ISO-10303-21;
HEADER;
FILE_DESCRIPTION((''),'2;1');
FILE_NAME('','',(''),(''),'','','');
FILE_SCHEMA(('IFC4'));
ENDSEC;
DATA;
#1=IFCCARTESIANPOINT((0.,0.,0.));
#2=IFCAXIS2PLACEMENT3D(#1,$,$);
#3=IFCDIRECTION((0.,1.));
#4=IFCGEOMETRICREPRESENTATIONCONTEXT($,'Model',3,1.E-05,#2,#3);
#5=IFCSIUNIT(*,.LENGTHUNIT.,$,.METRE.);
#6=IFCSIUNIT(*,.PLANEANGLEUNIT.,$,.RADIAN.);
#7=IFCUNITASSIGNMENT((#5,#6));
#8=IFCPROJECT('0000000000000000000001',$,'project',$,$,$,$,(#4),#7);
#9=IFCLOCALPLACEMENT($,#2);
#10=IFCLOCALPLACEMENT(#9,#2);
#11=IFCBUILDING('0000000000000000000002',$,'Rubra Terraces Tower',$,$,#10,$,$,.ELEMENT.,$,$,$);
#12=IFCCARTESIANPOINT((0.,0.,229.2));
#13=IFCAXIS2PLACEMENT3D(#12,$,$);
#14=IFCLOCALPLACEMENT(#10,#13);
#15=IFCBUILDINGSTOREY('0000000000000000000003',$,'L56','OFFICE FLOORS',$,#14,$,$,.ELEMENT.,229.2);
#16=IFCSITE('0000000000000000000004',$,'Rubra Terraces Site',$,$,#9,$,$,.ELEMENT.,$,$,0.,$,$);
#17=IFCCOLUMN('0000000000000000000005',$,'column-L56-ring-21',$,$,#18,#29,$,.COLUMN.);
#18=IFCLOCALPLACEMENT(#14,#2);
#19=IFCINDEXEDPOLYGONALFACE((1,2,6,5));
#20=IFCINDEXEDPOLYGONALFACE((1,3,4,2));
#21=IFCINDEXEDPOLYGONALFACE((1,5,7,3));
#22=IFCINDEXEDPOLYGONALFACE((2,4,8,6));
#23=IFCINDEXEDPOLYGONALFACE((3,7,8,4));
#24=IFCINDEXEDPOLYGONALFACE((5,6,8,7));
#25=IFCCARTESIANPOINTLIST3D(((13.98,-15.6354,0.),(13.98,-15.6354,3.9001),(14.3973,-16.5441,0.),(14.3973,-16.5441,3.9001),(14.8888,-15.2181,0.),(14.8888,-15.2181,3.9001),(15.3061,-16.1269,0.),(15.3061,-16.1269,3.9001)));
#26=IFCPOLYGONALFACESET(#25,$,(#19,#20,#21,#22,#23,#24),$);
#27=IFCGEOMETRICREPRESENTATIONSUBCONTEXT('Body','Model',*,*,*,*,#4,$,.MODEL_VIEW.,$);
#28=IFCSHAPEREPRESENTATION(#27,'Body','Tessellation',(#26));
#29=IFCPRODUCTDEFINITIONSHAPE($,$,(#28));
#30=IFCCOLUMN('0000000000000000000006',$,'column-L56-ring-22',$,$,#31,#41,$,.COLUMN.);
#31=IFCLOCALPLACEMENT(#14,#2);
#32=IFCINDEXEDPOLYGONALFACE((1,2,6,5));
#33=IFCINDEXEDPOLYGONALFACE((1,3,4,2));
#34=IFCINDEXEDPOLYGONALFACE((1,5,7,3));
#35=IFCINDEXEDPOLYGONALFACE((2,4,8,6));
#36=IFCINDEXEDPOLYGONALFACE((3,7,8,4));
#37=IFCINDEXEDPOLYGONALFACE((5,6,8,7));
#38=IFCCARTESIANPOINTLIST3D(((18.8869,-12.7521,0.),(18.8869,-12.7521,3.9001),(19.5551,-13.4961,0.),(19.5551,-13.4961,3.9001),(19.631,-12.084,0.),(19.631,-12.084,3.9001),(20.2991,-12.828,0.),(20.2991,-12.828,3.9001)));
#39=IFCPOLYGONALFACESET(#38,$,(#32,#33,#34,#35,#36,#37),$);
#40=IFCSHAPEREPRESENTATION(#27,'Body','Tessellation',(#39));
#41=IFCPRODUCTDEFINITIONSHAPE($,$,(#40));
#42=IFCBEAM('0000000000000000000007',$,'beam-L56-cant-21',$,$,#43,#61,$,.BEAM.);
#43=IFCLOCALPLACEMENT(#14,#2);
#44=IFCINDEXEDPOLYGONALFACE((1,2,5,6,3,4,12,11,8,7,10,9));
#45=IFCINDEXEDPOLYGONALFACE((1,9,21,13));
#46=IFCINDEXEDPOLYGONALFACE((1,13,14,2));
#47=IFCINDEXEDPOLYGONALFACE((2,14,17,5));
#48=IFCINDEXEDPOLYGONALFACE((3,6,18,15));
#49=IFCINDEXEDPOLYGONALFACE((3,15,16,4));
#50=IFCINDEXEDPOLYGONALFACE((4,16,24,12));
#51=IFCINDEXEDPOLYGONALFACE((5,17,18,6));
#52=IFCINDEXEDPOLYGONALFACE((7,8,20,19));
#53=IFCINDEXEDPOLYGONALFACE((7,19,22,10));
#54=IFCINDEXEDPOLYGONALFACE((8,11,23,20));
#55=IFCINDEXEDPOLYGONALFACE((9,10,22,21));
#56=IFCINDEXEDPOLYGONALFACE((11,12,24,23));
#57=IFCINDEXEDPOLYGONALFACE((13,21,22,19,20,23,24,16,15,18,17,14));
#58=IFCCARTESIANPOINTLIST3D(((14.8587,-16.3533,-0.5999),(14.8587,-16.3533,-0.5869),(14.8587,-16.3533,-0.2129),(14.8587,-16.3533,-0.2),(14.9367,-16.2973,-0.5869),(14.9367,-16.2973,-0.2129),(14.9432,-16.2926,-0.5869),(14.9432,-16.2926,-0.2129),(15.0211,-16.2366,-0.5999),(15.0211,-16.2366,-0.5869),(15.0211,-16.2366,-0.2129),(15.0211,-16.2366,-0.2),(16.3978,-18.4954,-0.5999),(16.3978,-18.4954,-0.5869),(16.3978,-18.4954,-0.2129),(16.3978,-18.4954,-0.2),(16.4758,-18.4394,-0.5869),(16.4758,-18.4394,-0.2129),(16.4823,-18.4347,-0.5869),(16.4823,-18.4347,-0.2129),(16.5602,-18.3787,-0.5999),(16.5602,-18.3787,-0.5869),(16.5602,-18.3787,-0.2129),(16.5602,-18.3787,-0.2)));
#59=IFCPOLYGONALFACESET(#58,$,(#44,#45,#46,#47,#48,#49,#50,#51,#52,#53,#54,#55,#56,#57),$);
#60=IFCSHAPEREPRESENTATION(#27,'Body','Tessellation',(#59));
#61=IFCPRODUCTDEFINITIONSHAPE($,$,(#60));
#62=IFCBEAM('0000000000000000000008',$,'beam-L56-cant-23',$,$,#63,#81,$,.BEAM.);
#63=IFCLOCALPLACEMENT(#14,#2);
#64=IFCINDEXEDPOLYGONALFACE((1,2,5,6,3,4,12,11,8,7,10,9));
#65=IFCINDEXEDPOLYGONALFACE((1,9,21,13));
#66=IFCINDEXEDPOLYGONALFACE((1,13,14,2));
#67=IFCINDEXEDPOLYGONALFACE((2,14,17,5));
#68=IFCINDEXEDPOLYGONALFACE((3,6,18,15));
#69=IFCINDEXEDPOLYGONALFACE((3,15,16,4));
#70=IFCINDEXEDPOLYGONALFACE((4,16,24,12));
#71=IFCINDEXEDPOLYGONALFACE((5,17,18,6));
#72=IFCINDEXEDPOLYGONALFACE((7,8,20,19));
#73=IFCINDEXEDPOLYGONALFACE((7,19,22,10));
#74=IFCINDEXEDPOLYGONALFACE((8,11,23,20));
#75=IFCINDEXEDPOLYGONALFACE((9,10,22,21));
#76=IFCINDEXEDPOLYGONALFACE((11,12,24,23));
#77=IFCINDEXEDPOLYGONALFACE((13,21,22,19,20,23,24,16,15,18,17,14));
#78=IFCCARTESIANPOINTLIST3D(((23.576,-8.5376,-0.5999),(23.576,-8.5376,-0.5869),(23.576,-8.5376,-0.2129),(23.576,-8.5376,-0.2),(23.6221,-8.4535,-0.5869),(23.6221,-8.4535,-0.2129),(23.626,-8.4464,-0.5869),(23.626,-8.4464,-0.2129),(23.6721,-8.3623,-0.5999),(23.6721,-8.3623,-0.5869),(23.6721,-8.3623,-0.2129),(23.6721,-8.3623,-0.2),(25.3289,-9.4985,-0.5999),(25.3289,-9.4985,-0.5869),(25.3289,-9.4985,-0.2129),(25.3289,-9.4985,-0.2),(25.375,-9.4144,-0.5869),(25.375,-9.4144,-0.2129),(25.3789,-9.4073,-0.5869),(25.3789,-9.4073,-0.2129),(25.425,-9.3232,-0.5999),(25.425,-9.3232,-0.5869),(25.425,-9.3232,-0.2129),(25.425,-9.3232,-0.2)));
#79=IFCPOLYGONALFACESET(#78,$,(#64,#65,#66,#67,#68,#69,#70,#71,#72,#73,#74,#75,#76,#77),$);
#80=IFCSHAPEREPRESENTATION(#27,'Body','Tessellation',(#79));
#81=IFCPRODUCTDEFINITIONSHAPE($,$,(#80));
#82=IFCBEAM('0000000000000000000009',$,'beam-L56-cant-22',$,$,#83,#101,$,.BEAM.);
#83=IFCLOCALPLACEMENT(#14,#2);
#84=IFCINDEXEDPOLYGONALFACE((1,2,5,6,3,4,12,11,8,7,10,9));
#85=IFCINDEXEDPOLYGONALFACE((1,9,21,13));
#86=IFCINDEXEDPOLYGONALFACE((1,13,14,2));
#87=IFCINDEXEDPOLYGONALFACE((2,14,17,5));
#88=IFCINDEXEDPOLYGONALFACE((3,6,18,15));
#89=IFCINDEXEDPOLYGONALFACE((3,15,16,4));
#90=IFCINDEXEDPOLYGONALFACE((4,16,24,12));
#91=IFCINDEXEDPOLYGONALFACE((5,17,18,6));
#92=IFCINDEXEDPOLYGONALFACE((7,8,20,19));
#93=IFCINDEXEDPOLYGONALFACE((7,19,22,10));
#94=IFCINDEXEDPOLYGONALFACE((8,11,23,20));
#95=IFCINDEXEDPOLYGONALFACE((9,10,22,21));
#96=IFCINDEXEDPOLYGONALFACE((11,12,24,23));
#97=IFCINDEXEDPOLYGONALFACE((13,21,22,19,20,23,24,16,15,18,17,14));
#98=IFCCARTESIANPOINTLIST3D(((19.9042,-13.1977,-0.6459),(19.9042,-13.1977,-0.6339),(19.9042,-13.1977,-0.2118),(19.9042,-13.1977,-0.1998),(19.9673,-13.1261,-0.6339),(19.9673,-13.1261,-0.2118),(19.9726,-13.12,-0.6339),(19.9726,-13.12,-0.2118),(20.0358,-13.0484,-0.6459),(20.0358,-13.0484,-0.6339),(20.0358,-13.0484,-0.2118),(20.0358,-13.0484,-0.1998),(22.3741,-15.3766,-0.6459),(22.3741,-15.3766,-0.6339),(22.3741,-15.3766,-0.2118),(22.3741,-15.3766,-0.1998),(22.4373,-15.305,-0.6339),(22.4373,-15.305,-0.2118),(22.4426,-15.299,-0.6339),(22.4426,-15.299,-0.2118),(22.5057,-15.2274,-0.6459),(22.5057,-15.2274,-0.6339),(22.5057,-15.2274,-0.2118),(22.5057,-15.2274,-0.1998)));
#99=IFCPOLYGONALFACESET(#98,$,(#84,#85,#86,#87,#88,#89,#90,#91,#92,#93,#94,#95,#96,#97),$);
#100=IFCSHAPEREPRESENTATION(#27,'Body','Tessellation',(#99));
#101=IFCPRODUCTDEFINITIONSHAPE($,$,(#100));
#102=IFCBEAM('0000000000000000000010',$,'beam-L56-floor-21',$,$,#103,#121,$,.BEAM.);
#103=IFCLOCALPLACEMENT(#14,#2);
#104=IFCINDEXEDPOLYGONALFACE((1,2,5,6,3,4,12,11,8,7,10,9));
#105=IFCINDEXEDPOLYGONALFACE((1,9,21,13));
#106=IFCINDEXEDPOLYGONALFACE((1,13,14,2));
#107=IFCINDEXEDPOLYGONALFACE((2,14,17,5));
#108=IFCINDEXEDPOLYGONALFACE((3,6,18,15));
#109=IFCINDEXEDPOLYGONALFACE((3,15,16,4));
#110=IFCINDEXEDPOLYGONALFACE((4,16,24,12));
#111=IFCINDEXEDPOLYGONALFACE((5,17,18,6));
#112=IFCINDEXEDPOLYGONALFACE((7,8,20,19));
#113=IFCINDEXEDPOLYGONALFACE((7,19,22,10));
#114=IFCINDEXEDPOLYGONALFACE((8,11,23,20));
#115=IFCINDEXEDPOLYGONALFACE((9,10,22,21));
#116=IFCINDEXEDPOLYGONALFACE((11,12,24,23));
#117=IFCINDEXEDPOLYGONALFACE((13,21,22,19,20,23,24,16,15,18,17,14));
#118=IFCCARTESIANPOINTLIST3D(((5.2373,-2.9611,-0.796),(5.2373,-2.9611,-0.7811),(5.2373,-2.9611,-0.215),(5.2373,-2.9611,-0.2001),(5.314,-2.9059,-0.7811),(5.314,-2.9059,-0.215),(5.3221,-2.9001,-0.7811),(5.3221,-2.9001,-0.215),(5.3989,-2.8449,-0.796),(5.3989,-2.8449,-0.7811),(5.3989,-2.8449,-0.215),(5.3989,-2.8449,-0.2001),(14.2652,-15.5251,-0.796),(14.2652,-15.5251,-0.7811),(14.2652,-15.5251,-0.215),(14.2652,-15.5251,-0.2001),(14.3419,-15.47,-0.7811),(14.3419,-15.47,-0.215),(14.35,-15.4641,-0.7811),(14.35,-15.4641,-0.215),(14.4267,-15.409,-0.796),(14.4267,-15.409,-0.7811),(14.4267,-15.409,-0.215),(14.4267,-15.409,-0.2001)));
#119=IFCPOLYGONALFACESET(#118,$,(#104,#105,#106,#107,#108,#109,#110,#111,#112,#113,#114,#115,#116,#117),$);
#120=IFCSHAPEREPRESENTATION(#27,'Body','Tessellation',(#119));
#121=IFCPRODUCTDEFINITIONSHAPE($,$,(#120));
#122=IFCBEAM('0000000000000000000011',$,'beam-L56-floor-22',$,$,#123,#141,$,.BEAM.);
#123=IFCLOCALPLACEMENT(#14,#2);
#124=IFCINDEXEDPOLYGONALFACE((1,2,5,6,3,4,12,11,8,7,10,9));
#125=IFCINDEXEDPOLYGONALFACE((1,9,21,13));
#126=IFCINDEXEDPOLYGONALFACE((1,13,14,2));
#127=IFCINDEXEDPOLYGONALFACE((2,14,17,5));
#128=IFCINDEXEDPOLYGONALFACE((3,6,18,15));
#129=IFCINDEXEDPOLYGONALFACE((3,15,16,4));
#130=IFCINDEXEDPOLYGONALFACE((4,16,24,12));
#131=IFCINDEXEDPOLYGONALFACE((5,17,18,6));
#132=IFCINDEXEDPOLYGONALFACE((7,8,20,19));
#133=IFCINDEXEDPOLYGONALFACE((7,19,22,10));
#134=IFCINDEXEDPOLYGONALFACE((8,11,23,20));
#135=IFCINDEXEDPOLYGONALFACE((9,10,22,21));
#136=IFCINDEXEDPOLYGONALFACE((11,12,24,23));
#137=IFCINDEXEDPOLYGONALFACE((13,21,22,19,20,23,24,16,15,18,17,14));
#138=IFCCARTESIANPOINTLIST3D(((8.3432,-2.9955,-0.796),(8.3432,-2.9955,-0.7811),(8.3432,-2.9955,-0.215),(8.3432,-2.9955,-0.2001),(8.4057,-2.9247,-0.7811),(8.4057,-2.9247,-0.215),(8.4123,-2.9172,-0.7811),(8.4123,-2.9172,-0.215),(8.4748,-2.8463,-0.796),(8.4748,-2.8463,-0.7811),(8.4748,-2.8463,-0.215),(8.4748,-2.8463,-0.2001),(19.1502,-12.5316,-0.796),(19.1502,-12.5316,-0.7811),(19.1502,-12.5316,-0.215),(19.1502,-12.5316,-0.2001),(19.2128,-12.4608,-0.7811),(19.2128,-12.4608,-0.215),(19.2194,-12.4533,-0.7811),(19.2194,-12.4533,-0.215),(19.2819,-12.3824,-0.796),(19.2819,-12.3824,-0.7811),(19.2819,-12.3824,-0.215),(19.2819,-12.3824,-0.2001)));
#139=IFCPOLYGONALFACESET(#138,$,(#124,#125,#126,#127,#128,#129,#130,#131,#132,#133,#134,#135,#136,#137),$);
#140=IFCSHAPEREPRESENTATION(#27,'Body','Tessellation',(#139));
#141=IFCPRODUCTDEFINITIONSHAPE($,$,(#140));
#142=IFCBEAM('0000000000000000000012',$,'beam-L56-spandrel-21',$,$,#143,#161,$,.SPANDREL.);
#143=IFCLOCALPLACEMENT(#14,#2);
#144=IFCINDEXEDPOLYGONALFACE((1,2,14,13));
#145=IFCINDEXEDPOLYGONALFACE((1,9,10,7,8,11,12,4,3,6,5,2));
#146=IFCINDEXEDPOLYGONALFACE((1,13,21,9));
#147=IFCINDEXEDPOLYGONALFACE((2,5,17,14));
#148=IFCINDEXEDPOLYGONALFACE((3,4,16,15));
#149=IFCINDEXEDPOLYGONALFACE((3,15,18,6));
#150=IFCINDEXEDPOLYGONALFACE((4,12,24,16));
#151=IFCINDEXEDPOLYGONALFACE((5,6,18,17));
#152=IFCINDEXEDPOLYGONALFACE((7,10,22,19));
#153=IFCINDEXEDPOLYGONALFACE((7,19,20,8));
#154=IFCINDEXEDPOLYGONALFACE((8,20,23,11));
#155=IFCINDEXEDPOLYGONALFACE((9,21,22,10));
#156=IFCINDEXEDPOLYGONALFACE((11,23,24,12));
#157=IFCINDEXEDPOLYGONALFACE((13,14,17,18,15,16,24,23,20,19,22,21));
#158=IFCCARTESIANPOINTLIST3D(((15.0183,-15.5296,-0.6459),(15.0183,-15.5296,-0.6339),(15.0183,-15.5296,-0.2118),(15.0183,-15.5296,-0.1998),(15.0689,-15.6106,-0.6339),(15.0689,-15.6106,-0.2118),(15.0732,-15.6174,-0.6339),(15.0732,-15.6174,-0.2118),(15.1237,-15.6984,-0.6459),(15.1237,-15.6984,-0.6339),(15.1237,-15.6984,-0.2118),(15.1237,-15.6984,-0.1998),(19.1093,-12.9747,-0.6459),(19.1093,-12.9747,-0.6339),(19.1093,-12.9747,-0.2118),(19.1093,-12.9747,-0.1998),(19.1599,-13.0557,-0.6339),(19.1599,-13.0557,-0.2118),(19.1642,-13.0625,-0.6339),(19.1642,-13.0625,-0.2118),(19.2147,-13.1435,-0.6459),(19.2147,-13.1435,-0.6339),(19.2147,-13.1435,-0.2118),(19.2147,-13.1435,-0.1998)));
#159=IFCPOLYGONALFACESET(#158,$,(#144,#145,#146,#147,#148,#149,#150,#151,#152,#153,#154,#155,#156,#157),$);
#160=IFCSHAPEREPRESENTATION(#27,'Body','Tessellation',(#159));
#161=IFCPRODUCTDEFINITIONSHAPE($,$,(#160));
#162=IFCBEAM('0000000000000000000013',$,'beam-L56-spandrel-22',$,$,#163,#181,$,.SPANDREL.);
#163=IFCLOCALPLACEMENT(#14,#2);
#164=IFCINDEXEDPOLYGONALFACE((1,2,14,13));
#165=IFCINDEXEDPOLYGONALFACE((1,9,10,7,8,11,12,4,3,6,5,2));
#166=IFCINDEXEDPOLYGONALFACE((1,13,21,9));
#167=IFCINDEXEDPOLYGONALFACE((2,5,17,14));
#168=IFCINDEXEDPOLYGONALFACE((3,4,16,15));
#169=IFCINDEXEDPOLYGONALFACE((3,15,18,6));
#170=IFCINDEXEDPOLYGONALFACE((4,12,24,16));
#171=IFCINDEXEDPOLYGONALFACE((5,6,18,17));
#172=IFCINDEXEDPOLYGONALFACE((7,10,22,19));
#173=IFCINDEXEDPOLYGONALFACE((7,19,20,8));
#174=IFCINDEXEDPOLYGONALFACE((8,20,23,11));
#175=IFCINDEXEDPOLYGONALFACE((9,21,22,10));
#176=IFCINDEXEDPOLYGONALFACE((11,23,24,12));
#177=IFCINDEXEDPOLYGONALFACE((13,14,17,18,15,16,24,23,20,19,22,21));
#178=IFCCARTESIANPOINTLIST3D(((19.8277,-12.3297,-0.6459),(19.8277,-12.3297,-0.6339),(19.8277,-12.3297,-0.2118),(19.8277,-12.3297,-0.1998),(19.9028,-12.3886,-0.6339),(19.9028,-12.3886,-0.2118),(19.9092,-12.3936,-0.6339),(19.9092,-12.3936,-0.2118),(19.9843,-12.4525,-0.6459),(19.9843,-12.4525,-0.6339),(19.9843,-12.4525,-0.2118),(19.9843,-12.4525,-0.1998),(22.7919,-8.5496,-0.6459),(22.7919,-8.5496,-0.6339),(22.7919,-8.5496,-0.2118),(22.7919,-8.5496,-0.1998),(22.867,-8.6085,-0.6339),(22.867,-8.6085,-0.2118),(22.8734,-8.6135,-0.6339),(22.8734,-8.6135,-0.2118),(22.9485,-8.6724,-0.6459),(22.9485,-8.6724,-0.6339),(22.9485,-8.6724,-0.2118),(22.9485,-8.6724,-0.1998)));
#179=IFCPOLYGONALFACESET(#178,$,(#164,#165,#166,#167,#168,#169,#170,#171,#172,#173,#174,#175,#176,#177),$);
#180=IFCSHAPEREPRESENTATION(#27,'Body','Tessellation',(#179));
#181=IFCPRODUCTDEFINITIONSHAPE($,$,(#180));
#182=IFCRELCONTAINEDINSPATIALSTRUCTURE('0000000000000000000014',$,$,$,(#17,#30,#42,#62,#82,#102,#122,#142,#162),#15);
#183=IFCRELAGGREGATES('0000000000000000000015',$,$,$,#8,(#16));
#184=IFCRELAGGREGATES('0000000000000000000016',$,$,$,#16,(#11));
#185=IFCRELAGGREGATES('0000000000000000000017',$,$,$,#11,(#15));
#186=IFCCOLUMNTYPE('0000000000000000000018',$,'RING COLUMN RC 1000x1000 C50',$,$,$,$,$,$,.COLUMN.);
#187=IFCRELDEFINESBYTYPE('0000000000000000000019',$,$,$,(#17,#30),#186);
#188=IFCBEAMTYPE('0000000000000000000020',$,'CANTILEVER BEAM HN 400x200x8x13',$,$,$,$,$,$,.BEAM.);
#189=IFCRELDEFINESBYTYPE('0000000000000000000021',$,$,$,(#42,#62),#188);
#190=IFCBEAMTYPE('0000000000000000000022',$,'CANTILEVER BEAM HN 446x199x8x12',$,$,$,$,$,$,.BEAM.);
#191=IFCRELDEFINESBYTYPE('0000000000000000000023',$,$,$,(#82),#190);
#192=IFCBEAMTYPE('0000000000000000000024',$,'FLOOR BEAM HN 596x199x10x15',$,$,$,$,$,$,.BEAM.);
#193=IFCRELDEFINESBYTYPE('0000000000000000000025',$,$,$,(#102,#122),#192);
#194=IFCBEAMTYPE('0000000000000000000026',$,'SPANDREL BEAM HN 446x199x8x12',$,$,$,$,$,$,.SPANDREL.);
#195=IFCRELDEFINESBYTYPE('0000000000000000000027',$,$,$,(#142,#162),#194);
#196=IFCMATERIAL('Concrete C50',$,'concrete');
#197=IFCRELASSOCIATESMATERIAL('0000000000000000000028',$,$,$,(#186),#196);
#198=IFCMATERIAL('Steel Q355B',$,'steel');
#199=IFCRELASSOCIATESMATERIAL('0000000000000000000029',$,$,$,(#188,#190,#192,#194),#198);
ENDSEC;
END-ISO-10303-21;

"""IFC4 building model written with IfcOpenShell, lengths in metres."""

from ifc_helpers import new_model, si_unit, direction, frame, origin, origin_2d, place, context, subcontext, project, spatial, rectangle, i_section, extrude, material, material_profile, profile_set, type_object, element, save


model = new_model("IFC4")

# Units and contexts
model_context = context("Model", 3, precision=1e-05, world=origin(), true_north=direction((0.0, 1.0)))
body_context = subcontext(model_context, "Body", "Model", "MODEL_VIEW")
ifc_project = project(units=[si_unit("LENGTHUNIT", "METRE"), si_unit("PLANEANGLEUNIT", "RADIAN")], contexts=[model_context])

# Site, building, storey
site_placement = place(None, origin())
site = spatial("IfcSite", under=ifc_project, at=site_placement, Name="Rubra Terraces Site", CompositionType="ELEMENT", RefElevation=0.0)
building_placement = place(site_placement, origin())
building = spatial("IfcBuilding", under=site, at=building_placement, Name="Rubra Terraces Tower", CompositionType="ELEMENT")
storey_placement = place(building_placement, frame((0.0, 0.0, 229.2)))
storey = spatial("IfcBuildingStorey", under=building, at=storey_placement, Name="L56", Description="OFFICE FLOORS", CompositionType="ELEMENT", Elevation=229.2)

# Columns
ifc_material_1 = material(Name="Concrete C50", Category="concrete")
ifc_material_profile_1 = material_profile(ifc_material_1, rectangle(XDim=1.0, YDim=1.0, at=origin_2d()), Name="RC 1000x1000")
ifc_profile_set_1 = profile_set([ifc_material_profile_1], Name="Concrete C50")
column_type = type_object("IfcColumnType", Name="RING COLUMN RC 1000x1000 C50", PredefinedType="COLUMN", material=ifc_profile_set_1)
for number, where, z_axis, x_axis, name in (
    (1, (14.6431, -15.8811, 0.0), (0.0, 0.0, 1.0), (0.908779, 0.417279, 0.0), "column-L56-ring-21"),
    (2, (19.593, -12.79, 0.0), (0.0, 0.0, 1.0), (0.744021, 0.668156, 0.0), "column-L56-ring-22"),
):
    element("IfcColumn", number, at=place(storey_placement, frame(where, z_axis=z_axis, x_axis=x_axis)), inside=storey, type_object=column_type, Name=name, PredefinedType="COLUMN", context=body_context, shape_type="SweptSolid", body=[
        extrude(rectangle(XDim=1.0, YDim=1.0, at=origin_2d()), origin(), (0.0, 0.0, 1.0), 3.9001),
    ])

# Beams
ifc_material_2 = material(Name="Steel Q355B", Category="steel")
ifc_material_profile_2 = material_profile(ifc_material_2, i_section(OverallWidth=0.2, OverallDepth=0.3999, WebThickness=0.0081, FlangeThickness=0.0129, at=origin_2d()), Name="HN 400x200x8x13")
ifc_profile_set_2 = profile_set([ifc_material_profile_2], Name="Steel Q355B")
beam_type_1 = type_object("IfcBeamType", Name="CANTILEVER BEAM HN 400x200x8x13", PredefinedType="BEAM", material=ifc_profile_set_2)
beam_1_placement = place(storey_placement, frame((14.9399, -16.2949, -0.3999), z_axis=(0.583495, -0.812117, 0.0), x_axis=(0.812117, 0.583495, 0.0)))
element("IfcBeam", 3, at=beam_1_placement, inside=storey, type_object=beam_type_1, Name="beam-L56-cant-21", PredefinedType="BEAM", context=body_context, shape_type="SweptSolid", body=[
    extrude(i_section(OverallWidth=0.2, OverallDepth=0.3999, WebThickness=0.0081, FlangeThickness=0.0129, at=origin_2d()), origin(), (0.0, 0.0, 1.0), 2.6377),
])
beam_2_placement = place(storey_placement, frame((23.624, -8.45, -0.3999), z_axis=(0.876885, -0.480699, 0.0), x_axis=(0.480699, 0.876885, 0.0)))
element("IfcBeam", 4, at=beam_2_placement, inside=storey, type_object=beam_type_1, Name="beam-L56-cant-23", PredefinedType="BEAM", context=body_context, shape_type="SweptSolid", body=[
    extrude(i_section(OverallWidth=0.2, OverallDepth=0.3999, WebThickness=0.0081, FlangeThickness=0.0129, at=origin_2d()), origin(), (0.0, 0.0, 1.0), 1.999),
])
ifc_material_profile_3 = material_profile(ifc_material_2, i_section(OverallWidth=0.199, OverallDepth=0.446, WebThickness=0.0081, FlangeThickness=0.012, at=origin_2d()), Name="HN 446x199x8x12")
ifc_profile_set_3 = profile_set([ifc_material_profile_3], Name="Steel Q355B")
beam_type_2 = type_object("IfcBeamType", Name="CANTILEVER BEAM HN 446x199x8x12", PredefinedType="BEAM", material=ifc_profile_set_3)
beam_3_placement = place(storey_placement, frame((19.97, -13.123, -0.4229), z_axis=(0.749903, -0.661548, 0.0), x_axis=(0.661548, 0.749903, 0.0)))
element("IfcBeam", 5, at=beam_3_placement, inside=storey, type_object=beam_type_2, Name="beam-L56-cant-22", PredefinedType="BEAM", context=body_context, shape_type="SweptSolid", body=[
    extrude(i_section(OverallWidth=0.199, OverallDepth=0.446, WebThickness=0.0081, FlangeThickness=0.012, at=origin_2d()), origin(), (0.0, 0.0, 1.0), 3.2937),
])
ifc_material_profile_4 = material_profile(ifc_material_2, i_section(OverallWidth=0.199, OverallDepth=0.5959, WebThickness=0.01, FlangeThickness=0.0149, at=origin_2d()), Name="HN 596x199x10x15")
ifc_profile_set_4 = profile_set([ifc_material_profile_4], Name="Steel Q355B")
beam_type_3 = type_object("IfcBeamType", Name="FLOOR BEAM HN 596x199x10x15", PredefinedType="BEAM", material=ifc_profile_set_4)
beam_4_placement = place(storey_placement, frame((14.3459, -15.467, -0.498), z_axis=(-0.583529, 0.812092, 0.0), x_axis=(-0.812092, -0.583529, 0.0)))
element("IfcBeam", 6, at=beam_4_placement, inside=storey, type_object=beam_type_3, Name="beam-L56-floor-21", PredefinedType="BEAM", context=body_context, shape_type="SweptSolid", body=[
    extrude(i_section(OverallWidth=0.199, OverallDepth=0.5959, WebThickness=0.01, FlangeThickness=0.0149, at=origin_2d()), origin(), (0.0, 0.0, 1.0), 15.4712),
])
beam_5_placement = place(storey_placement, frame((19.2161, -12.457, -0.498), z_axis=(-0.749823, 0.661638, 0.0), x_axis=(-0.661638, -0.749823, 0.0)))
element("IfcBeam", 7, at=beam_5_placement, inside=storey, type_object=beam_type_3, Name="beam-L56-floor-22", PredefinedType="BEAM", context=body_context, shape_type="SweptSolid", body=[
    extrude(i_section(OverallWidth=0.199, OverallDepth=0.5959, WebThickness=0.01, FlangeThickness=0.0149, at=origin_2d()), origin(), (0.0, 0.0, 1.0), 14.4128),
])
ifc_material_profile_5 = material_profile(ifc_material_2, i_section(OverallWidth=0.199, OverallDepth=0.446, WebThickness=0.0081, FlangeThickness=0.012, at=origin_2d()), Name="HN 446x199x8x12")
ifc_profile_set_5 = profile_set([ifc_material_profile_5], Name="Steel Q355B")
beam_type_4 = type_object("IfcBeamType", Name="SPANDREL BEAM HN 446x199x8x12", PredefinedType="SPANDREL", material=ifc_profile_set_5)
beam_6_placement = place(storey_placement, frame((15.071, -15.614, -0.4229), z_axis=(0.848183, 0.529703, 0.0), x_axis=(-0.529703, 0.848183, 0.0)))
element("IfcBeam", 8, at=beam_6_placement, inside=storey, type_object=beam_type_4, Name="beam-L56-spandrel-21", PredefinedType="SPANDREL", context=body_context, shape_type="SweptSolid", body=[
    extrude(i_section(OverallWidth=0.199, OverallDepth=0.446, WebThickness=0.0081, FlangeThickness=0.012, at=origin_2d()), origin(), (0.0, 0.0, 1.0), 4.8232),
])
beam_7_placement = place(storey_placement, frame((19.906, -12.3911, -0.4229), z_axis=(0.61706, 0.786916, 0.0), x_axis=(-0.786916, 0.61706, 0.0)))
element("IfcBeam", 9, at=beam_7_placement, inside=storey, type_object=beam_type_4, Name="beam-L56-spandrel-22", PredefinedType="SPANDREL", context=body_context, shape_type="SweptSolid", body=[
    extrude(i_section(OverallWidth=0.199, OverallDepth=0.446, WebThickness=0.0081, FlangeThickness=0.012, at=origin_2d()), origin(), (0.0, 0.0, 1.0), 4.8037),
])

save(model, "model.ifc")
